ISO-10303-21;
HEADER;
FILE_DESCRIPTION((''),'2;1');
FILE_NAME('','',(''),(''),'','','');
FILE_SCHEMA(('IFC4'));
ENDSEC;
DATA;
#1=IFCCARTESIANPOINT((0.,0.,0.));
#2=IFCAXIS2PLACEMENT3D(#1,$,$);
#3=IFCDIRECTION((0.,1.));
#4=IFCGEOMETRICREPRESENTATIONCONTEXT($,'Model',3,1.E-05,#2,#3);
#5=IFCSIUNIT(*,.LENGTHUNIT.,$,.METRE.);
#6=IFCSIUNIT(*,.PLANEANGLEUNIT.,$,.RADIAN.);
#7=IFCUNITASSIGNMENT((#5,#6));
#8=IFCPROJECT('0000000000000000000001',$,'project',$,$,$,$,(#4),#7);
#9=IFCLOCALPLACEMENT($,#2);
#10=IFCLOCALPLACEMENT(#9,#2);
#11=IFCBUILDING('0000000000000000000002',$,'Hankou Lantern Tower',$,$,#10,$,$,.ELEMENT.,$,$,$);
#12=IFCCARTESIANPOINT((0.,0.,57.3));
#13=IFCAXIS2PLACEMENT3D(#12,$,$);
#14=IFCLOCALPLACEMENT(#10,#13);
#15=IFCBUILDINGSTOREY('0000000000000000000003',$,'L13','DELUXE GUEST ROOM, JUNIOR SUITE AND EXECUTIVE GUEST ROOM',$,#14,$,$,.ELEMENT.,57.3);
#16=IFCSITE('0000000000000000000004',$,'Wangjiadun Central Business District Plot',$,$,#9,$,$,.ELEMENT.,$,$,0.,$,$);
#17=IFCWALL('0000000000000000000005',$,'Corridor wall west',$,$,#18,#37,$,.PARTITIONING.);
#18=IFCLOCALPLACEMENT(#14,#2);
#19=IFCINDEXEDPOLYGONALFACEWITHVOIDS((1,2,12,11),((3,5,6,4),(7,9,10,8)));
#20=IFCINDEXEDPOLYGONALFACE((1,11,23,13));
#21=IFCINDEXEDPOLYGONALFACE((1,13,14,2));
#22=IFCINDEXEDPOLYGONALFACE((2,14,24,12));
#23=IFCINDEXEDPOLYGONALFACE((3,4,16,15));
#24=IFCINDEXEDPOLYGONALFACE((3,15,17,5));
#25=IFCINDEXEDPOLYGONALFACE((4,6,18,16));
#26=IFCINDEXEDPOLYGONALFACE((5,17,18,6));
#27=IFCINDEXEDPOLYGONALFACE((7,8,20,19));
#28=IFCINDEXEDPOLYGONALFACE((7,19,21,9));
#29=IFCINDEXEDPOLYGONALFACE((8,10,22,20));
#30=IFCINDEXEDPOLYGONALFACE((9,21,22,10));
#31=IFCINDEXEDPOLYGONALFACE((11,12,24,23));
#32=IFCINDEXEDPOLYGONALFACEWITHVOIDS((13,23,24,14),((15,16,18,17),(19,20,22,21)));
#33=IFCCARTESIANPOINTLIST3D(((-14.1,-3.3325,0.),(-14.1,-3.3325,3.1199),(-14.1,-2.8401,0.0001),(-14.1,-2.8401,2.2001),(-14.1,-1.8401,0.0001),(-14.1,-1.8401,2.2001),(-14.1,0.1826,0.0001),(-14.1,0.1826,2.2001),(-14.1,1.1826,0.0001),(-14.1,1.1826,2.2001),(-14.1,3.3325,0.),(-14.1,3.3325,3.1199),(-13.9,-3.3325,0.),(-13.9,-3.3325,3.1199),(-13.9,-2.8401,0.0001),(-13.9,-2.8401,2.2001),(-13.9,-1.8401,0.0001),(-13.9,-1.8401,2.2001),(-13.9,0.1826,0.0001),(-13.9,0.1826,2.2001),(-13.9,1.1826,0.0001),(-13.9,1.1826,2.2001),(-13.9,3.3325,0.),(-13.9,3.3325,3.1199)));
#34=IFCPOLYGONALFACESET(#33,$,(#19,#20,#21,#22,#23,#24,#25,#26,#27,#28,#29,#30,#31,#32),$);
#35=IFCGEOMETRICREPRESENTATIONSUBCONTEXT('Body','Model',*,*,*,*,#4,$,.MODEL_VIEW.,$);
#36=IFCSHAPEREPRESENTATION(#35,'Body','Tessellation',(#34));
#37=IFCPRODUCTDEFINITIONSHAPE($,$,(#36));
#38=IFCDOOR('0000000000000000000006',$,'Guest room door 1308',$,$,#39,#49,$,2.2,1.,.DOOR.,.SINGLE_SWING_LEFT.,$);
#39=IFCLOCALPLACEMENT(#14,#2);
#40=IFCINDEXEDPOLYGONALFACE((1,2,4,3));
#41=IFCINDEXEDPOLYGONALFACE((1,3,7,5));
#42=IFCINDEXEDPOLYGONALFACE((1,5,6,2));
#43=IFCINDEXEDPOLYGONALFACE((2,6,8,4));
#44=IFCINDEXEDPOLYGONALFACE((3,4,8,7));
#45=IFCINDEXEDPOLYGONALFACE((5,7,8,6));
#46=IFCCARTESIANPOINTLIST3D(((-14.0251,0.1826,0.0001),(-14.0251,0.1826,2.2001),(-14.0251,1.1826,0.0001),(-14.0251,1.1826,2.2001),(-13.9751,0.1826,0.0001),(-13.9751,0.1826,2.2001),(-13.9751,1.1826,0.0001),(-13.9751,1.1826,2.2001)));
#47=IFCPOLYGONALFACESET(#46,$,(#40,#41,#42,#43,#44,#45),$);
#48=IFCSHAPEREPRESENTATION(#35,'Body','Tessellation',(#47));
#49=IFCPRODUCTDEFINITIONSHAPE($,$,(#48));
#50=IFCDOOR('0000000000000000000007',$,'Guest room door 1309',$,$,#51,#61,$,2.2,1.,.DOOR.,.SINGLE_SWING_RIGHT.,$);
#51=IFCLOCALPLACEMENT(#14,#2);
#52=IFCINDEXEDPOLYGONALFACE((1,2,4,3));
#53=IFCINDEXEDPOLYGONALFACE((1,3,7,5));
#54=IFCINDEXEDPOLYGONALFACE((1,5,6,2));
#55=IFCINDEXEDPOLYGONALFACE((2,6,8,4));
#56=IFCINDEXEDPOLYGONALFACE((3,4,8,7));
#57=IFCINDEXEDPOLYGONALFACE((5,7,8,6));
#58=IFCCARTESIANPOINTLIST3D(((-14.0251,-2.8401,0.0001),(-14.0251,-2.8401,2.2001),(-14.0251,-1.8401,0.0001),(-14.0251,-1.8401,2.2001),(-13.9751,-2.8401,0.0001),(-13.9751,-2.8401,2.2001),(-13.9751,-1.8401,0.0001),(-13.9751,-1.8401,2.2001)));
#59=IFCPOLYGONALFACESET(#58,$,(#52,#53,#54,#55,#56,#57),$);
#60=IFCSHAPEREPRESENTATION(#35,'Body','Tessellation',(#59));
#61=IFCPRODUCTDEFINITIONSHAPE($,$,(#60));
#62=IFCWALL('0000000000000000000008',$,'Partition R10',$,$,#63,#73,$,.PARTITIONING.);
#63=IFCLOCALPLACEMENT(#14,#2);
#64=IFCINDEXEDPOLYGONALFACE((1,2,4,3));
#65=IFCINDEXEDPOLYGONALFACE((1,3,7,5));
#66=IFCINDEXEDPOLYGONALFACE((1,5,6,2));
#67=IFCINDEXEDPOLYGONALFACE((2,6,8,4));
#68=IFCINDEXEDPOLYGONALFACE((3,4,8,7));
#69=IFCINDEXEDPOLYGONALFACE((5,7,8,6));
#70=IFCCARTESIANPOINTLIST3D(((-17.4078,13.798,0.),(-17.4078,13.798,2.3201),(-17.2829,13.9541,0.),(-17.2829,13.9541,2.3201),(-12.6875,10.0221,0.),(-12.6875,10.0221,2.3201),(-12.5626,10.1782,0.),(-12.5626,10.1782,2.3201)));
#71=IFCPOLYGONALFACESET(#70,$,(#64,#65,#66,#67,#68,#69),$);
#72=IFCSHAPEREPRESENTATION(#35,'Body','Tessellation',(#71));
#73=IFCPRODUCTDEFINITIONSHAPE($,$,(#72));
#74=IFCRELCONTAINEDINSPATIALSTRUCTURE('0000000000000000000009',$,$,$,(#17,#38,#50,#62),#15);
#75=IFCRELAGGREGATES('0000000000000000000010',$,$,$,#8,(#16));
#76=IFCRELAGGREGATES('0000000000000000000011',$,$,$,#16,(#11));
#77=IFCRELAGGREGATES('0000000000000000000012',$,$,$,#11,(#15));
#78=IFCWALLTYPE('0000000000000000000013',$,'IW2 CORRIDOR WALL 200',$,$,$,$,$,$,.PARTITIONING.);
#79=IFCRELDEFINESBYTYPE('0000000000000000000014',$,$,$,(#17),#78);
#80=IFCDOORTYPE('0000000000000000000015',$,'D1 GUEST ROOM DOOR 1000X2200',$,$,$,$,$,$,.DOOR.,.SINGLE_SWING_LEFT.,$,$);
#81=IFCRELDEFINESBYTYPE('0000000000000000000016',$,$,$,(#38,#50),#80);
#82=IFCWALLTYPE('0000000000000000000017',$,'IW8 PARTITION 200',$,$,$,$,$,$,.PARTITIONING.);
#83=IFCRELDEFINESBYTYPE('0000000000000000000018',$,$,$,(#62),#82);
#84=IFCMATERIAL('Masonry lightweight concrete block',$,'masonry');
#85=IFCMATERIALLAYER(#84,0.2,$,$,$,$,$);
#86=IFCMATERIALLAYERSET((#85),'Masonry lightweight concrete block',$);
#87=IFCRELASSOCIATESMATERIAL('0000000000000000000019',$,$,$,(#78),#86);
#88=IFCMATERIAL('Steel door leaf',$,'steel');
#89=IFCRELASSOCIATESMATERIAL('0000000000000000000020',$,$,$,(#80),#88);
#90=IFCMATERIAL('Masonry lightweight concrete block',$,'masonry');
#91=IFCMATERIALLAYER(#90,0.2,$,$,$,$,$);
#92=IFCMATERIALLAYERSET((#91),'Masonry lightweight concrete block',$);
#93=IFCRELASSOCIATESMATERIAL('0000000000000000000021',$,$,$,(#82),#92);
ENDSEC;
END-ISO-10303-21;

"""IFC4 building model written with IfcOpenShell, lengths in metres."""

from ifc_helpers import new_model, si_unit, direction, frame, frame_2d, origin, place, context, subcontext, project, spatial, rectangle, extrude, material, layer, layer_set, type_object, element, fill, save


model = new_model("IFC4")

# Units and contexts
model_context = context("Model", 3, precision=1e-05, world=origin(), true_north=direction((0.0, 1.0)))
body_context = subcontext(model_context, "Body", "Model", "MODEL_VIEW")
ifc_project = project(units=[si_unit("LENGTHUNIT", "METRE"), si_unit("PLANEANGLEUNIT", "RADIAN")], contexts=[model_context])

# Site, building, storey
site_placement = place(None, origin())
site = spatial("IfcSite", under=ifc_project, at=site_placement, Name="Wangjiadun Central Business District Plot", CompositionType="ELEMENT", RefElevation=0.0)
building_placement = place(site_placement, origin())
building = spatial("IfcBuilding", under=site, at=building_placement, Name="Hankou Lantern Tower", CompositionType="ELEMENT")
storey_placement = place(building_placement, frame((0.0, 0.0, 57.3)))
storey = spatial("IfcBuildingStorey", under=building, at=storey_placement, Name="L13", Description="DELUXE GUEST ROOM, JUNIOR SUITE AND EXECUTIVE GUEST ROOM", CompositionType="ELEMENT", Elevation=57.3)

# Shared definitions
ifc_material_1 = material(Name="Masonry lightweight concrete block", Category="masonry")
ifc_layer_1 = layer(ifc_material_1, 0.2)
ifc_layer_set_1 = layer_set([ifc_layer_1], Name="Masonry lightweight concrete block")
wall_type_1 = type_object("IfcWallType", Name="IW2 CORRIDOR WALL 200", PredefinedType="PARTITIONING", material=ifc_layer_set_1)

# Wall, openings, doors
wall_1_placement = place(storey_placement, frame((-14.0, 3.3325, 0.0), z_axis=(0.0, 0.0, 1.0), x_axis=(0.0, -1.0, 0.0)))
wall_1 = element("IfcWall", 1, at=wall_1_placement, inside=storey, type_object=wall_type_1, Name="Corridor wall west", PredefinedType="PARTITIONING", context=body_context, shape_type="SweptSolid", body=[
    extrude(rectangle(XDim=6.665, YDim=0.2, at=frame_2d((3.3325, 0.0))), origin(), (0.0, 0.0, 1.0), 3.1199),
])
opening_1_placement = place(wall_1_placement, frame((2.1499, 0.0, 0.0)))
opening_1 = element("IfcOpeningElement", 2, at=opening_1_placement, cuts=wall_1, PredefinedType="OPENING", context=body_context, shape_type="SweptSolid", body=[
    extrude(rectangle(XDim=1.0, YDim=2.2, at=frame_2d((0.5, 1.1001))), frame((0.0, 0.1099, 0.0), z_axis=(0.0, -1.0, 0.0), x_axis=(1.0, 0.0, 0.0)), (0.0, 0.0, 1.0), 0.22),
])
opening_2_placement = place(wall_1_placement, frame((5.1726, 0.0, 0.0)))
opening_2 = element("IfcOpeningElement", 3, at=opening_2_placement, cuts=wall_1, PredefinedType="OPENING", context=body_context, shape_type="SweptSolid", body=[
    extrude(rectangle(XDim=1.0, YDim=2.2, at=frame_2d((0.5, 1.1001))), frame((0.0, 0.1099, 0.0), z_axis=(0.0, -1.0, 0.0), x_axis=(1.0, 0.0, 0.0)), (0.0, 0.0, 1.0), 0.22),
])
ifc_material_2 = material(Name="Steel door leaf", Category="steel")
door_type_1 = type_object("IfcDoorType", Name="D1 GUEST ROOM DOOR 1000X2200", OperationType="SINGLE_SWING_LEFT", PredefinedType="DOOR", material=ifc_material_2)
door_1_placement = place(opening_1_placement, origin())
door_1 = element("IfcDoor", 4, at=door_1_placement, inside=storey, type_object=door_type_1, Name="Guest room door 1308", OperationType="SINGLE_SWING_LEFT", OverallHeight=2.2, OverallWidth=1.0, PredefinedType="DOOR", context=body_context, shape_type="SweptSolid", body=[
    extrude(rectangle(XDim=1.0, YDim=2.2, at=frame_2d((0.5, 1.1001))), frame((0.0, 0.0249, 0.0), z_axis=(0.0, -1.0, 0.0), x_axis=(1.0, 0.0, 0.0)), (0.0, 0.0, 1.0), 0.05),
])
fill(opening_1, door_1)
door_2_placement = place(opening_2_placement, origin())
door_2 = element("IfcDoor", 5, at=door_2_placement, inside=storey, type_object=door_type_1, Name="Guest room door 1309", OperationType="SINGLE_SWING_RIGHT", OverallHeight=2.2, OverallWidth=1.0, PredefinedType="DOOR", context=body_context, shape_type="SweptSolid", body=[
    extrude(rectangle(XDim=1.0, YDim=2.2, at=frame_2d((0.5, 1.1001))), frame((0.0, 0.0249, 0.0), z_axis=(0.0, -1.0, 0.0), x_axis=(1.0, 0.0, 0.0)), (0.0, 0.0, 1.0), 0.05),
])
fill(opening_2, door_2)

# Wall
ifc_material_3 = material(Name="Masonry lightweight concrete block", Category="masonry")
ifc_layer_2 = layer(ifc_material_3, 0.2)
ifc_layer_set_2 = layer_set([ifc_layer_2], Name="Masonry lightweight concrete block")
wall_type_2 = type_object("IfcWallType", Name="IW8 PARTITION 200", PredefinedType="PARTITIONING", material=ifc_layer_set_2)
wall_2_placement = place(storey_placement, frame((-12.625, 10.1001, 0.0), z_axis=(0.0, 0.0, 1.0), x_axis=(-0.780892, 0.624665, 0.0)))
element("IfcWall", 6, at=wall_2_placement, inside=storey, type_object=wall_type_2, Name="Partition R10", PredefinedType="PARTITIONING", context=body_context, shape_type="SweptSolid", body=[
    extrude(rectangle(XDim=6.0447, YDim=0.2, at=frame_2d((3.0225, 0.0))), origin(), (0.0, 0.0, 1.0), 2.3201),
])

save(model, "model.ifc")
